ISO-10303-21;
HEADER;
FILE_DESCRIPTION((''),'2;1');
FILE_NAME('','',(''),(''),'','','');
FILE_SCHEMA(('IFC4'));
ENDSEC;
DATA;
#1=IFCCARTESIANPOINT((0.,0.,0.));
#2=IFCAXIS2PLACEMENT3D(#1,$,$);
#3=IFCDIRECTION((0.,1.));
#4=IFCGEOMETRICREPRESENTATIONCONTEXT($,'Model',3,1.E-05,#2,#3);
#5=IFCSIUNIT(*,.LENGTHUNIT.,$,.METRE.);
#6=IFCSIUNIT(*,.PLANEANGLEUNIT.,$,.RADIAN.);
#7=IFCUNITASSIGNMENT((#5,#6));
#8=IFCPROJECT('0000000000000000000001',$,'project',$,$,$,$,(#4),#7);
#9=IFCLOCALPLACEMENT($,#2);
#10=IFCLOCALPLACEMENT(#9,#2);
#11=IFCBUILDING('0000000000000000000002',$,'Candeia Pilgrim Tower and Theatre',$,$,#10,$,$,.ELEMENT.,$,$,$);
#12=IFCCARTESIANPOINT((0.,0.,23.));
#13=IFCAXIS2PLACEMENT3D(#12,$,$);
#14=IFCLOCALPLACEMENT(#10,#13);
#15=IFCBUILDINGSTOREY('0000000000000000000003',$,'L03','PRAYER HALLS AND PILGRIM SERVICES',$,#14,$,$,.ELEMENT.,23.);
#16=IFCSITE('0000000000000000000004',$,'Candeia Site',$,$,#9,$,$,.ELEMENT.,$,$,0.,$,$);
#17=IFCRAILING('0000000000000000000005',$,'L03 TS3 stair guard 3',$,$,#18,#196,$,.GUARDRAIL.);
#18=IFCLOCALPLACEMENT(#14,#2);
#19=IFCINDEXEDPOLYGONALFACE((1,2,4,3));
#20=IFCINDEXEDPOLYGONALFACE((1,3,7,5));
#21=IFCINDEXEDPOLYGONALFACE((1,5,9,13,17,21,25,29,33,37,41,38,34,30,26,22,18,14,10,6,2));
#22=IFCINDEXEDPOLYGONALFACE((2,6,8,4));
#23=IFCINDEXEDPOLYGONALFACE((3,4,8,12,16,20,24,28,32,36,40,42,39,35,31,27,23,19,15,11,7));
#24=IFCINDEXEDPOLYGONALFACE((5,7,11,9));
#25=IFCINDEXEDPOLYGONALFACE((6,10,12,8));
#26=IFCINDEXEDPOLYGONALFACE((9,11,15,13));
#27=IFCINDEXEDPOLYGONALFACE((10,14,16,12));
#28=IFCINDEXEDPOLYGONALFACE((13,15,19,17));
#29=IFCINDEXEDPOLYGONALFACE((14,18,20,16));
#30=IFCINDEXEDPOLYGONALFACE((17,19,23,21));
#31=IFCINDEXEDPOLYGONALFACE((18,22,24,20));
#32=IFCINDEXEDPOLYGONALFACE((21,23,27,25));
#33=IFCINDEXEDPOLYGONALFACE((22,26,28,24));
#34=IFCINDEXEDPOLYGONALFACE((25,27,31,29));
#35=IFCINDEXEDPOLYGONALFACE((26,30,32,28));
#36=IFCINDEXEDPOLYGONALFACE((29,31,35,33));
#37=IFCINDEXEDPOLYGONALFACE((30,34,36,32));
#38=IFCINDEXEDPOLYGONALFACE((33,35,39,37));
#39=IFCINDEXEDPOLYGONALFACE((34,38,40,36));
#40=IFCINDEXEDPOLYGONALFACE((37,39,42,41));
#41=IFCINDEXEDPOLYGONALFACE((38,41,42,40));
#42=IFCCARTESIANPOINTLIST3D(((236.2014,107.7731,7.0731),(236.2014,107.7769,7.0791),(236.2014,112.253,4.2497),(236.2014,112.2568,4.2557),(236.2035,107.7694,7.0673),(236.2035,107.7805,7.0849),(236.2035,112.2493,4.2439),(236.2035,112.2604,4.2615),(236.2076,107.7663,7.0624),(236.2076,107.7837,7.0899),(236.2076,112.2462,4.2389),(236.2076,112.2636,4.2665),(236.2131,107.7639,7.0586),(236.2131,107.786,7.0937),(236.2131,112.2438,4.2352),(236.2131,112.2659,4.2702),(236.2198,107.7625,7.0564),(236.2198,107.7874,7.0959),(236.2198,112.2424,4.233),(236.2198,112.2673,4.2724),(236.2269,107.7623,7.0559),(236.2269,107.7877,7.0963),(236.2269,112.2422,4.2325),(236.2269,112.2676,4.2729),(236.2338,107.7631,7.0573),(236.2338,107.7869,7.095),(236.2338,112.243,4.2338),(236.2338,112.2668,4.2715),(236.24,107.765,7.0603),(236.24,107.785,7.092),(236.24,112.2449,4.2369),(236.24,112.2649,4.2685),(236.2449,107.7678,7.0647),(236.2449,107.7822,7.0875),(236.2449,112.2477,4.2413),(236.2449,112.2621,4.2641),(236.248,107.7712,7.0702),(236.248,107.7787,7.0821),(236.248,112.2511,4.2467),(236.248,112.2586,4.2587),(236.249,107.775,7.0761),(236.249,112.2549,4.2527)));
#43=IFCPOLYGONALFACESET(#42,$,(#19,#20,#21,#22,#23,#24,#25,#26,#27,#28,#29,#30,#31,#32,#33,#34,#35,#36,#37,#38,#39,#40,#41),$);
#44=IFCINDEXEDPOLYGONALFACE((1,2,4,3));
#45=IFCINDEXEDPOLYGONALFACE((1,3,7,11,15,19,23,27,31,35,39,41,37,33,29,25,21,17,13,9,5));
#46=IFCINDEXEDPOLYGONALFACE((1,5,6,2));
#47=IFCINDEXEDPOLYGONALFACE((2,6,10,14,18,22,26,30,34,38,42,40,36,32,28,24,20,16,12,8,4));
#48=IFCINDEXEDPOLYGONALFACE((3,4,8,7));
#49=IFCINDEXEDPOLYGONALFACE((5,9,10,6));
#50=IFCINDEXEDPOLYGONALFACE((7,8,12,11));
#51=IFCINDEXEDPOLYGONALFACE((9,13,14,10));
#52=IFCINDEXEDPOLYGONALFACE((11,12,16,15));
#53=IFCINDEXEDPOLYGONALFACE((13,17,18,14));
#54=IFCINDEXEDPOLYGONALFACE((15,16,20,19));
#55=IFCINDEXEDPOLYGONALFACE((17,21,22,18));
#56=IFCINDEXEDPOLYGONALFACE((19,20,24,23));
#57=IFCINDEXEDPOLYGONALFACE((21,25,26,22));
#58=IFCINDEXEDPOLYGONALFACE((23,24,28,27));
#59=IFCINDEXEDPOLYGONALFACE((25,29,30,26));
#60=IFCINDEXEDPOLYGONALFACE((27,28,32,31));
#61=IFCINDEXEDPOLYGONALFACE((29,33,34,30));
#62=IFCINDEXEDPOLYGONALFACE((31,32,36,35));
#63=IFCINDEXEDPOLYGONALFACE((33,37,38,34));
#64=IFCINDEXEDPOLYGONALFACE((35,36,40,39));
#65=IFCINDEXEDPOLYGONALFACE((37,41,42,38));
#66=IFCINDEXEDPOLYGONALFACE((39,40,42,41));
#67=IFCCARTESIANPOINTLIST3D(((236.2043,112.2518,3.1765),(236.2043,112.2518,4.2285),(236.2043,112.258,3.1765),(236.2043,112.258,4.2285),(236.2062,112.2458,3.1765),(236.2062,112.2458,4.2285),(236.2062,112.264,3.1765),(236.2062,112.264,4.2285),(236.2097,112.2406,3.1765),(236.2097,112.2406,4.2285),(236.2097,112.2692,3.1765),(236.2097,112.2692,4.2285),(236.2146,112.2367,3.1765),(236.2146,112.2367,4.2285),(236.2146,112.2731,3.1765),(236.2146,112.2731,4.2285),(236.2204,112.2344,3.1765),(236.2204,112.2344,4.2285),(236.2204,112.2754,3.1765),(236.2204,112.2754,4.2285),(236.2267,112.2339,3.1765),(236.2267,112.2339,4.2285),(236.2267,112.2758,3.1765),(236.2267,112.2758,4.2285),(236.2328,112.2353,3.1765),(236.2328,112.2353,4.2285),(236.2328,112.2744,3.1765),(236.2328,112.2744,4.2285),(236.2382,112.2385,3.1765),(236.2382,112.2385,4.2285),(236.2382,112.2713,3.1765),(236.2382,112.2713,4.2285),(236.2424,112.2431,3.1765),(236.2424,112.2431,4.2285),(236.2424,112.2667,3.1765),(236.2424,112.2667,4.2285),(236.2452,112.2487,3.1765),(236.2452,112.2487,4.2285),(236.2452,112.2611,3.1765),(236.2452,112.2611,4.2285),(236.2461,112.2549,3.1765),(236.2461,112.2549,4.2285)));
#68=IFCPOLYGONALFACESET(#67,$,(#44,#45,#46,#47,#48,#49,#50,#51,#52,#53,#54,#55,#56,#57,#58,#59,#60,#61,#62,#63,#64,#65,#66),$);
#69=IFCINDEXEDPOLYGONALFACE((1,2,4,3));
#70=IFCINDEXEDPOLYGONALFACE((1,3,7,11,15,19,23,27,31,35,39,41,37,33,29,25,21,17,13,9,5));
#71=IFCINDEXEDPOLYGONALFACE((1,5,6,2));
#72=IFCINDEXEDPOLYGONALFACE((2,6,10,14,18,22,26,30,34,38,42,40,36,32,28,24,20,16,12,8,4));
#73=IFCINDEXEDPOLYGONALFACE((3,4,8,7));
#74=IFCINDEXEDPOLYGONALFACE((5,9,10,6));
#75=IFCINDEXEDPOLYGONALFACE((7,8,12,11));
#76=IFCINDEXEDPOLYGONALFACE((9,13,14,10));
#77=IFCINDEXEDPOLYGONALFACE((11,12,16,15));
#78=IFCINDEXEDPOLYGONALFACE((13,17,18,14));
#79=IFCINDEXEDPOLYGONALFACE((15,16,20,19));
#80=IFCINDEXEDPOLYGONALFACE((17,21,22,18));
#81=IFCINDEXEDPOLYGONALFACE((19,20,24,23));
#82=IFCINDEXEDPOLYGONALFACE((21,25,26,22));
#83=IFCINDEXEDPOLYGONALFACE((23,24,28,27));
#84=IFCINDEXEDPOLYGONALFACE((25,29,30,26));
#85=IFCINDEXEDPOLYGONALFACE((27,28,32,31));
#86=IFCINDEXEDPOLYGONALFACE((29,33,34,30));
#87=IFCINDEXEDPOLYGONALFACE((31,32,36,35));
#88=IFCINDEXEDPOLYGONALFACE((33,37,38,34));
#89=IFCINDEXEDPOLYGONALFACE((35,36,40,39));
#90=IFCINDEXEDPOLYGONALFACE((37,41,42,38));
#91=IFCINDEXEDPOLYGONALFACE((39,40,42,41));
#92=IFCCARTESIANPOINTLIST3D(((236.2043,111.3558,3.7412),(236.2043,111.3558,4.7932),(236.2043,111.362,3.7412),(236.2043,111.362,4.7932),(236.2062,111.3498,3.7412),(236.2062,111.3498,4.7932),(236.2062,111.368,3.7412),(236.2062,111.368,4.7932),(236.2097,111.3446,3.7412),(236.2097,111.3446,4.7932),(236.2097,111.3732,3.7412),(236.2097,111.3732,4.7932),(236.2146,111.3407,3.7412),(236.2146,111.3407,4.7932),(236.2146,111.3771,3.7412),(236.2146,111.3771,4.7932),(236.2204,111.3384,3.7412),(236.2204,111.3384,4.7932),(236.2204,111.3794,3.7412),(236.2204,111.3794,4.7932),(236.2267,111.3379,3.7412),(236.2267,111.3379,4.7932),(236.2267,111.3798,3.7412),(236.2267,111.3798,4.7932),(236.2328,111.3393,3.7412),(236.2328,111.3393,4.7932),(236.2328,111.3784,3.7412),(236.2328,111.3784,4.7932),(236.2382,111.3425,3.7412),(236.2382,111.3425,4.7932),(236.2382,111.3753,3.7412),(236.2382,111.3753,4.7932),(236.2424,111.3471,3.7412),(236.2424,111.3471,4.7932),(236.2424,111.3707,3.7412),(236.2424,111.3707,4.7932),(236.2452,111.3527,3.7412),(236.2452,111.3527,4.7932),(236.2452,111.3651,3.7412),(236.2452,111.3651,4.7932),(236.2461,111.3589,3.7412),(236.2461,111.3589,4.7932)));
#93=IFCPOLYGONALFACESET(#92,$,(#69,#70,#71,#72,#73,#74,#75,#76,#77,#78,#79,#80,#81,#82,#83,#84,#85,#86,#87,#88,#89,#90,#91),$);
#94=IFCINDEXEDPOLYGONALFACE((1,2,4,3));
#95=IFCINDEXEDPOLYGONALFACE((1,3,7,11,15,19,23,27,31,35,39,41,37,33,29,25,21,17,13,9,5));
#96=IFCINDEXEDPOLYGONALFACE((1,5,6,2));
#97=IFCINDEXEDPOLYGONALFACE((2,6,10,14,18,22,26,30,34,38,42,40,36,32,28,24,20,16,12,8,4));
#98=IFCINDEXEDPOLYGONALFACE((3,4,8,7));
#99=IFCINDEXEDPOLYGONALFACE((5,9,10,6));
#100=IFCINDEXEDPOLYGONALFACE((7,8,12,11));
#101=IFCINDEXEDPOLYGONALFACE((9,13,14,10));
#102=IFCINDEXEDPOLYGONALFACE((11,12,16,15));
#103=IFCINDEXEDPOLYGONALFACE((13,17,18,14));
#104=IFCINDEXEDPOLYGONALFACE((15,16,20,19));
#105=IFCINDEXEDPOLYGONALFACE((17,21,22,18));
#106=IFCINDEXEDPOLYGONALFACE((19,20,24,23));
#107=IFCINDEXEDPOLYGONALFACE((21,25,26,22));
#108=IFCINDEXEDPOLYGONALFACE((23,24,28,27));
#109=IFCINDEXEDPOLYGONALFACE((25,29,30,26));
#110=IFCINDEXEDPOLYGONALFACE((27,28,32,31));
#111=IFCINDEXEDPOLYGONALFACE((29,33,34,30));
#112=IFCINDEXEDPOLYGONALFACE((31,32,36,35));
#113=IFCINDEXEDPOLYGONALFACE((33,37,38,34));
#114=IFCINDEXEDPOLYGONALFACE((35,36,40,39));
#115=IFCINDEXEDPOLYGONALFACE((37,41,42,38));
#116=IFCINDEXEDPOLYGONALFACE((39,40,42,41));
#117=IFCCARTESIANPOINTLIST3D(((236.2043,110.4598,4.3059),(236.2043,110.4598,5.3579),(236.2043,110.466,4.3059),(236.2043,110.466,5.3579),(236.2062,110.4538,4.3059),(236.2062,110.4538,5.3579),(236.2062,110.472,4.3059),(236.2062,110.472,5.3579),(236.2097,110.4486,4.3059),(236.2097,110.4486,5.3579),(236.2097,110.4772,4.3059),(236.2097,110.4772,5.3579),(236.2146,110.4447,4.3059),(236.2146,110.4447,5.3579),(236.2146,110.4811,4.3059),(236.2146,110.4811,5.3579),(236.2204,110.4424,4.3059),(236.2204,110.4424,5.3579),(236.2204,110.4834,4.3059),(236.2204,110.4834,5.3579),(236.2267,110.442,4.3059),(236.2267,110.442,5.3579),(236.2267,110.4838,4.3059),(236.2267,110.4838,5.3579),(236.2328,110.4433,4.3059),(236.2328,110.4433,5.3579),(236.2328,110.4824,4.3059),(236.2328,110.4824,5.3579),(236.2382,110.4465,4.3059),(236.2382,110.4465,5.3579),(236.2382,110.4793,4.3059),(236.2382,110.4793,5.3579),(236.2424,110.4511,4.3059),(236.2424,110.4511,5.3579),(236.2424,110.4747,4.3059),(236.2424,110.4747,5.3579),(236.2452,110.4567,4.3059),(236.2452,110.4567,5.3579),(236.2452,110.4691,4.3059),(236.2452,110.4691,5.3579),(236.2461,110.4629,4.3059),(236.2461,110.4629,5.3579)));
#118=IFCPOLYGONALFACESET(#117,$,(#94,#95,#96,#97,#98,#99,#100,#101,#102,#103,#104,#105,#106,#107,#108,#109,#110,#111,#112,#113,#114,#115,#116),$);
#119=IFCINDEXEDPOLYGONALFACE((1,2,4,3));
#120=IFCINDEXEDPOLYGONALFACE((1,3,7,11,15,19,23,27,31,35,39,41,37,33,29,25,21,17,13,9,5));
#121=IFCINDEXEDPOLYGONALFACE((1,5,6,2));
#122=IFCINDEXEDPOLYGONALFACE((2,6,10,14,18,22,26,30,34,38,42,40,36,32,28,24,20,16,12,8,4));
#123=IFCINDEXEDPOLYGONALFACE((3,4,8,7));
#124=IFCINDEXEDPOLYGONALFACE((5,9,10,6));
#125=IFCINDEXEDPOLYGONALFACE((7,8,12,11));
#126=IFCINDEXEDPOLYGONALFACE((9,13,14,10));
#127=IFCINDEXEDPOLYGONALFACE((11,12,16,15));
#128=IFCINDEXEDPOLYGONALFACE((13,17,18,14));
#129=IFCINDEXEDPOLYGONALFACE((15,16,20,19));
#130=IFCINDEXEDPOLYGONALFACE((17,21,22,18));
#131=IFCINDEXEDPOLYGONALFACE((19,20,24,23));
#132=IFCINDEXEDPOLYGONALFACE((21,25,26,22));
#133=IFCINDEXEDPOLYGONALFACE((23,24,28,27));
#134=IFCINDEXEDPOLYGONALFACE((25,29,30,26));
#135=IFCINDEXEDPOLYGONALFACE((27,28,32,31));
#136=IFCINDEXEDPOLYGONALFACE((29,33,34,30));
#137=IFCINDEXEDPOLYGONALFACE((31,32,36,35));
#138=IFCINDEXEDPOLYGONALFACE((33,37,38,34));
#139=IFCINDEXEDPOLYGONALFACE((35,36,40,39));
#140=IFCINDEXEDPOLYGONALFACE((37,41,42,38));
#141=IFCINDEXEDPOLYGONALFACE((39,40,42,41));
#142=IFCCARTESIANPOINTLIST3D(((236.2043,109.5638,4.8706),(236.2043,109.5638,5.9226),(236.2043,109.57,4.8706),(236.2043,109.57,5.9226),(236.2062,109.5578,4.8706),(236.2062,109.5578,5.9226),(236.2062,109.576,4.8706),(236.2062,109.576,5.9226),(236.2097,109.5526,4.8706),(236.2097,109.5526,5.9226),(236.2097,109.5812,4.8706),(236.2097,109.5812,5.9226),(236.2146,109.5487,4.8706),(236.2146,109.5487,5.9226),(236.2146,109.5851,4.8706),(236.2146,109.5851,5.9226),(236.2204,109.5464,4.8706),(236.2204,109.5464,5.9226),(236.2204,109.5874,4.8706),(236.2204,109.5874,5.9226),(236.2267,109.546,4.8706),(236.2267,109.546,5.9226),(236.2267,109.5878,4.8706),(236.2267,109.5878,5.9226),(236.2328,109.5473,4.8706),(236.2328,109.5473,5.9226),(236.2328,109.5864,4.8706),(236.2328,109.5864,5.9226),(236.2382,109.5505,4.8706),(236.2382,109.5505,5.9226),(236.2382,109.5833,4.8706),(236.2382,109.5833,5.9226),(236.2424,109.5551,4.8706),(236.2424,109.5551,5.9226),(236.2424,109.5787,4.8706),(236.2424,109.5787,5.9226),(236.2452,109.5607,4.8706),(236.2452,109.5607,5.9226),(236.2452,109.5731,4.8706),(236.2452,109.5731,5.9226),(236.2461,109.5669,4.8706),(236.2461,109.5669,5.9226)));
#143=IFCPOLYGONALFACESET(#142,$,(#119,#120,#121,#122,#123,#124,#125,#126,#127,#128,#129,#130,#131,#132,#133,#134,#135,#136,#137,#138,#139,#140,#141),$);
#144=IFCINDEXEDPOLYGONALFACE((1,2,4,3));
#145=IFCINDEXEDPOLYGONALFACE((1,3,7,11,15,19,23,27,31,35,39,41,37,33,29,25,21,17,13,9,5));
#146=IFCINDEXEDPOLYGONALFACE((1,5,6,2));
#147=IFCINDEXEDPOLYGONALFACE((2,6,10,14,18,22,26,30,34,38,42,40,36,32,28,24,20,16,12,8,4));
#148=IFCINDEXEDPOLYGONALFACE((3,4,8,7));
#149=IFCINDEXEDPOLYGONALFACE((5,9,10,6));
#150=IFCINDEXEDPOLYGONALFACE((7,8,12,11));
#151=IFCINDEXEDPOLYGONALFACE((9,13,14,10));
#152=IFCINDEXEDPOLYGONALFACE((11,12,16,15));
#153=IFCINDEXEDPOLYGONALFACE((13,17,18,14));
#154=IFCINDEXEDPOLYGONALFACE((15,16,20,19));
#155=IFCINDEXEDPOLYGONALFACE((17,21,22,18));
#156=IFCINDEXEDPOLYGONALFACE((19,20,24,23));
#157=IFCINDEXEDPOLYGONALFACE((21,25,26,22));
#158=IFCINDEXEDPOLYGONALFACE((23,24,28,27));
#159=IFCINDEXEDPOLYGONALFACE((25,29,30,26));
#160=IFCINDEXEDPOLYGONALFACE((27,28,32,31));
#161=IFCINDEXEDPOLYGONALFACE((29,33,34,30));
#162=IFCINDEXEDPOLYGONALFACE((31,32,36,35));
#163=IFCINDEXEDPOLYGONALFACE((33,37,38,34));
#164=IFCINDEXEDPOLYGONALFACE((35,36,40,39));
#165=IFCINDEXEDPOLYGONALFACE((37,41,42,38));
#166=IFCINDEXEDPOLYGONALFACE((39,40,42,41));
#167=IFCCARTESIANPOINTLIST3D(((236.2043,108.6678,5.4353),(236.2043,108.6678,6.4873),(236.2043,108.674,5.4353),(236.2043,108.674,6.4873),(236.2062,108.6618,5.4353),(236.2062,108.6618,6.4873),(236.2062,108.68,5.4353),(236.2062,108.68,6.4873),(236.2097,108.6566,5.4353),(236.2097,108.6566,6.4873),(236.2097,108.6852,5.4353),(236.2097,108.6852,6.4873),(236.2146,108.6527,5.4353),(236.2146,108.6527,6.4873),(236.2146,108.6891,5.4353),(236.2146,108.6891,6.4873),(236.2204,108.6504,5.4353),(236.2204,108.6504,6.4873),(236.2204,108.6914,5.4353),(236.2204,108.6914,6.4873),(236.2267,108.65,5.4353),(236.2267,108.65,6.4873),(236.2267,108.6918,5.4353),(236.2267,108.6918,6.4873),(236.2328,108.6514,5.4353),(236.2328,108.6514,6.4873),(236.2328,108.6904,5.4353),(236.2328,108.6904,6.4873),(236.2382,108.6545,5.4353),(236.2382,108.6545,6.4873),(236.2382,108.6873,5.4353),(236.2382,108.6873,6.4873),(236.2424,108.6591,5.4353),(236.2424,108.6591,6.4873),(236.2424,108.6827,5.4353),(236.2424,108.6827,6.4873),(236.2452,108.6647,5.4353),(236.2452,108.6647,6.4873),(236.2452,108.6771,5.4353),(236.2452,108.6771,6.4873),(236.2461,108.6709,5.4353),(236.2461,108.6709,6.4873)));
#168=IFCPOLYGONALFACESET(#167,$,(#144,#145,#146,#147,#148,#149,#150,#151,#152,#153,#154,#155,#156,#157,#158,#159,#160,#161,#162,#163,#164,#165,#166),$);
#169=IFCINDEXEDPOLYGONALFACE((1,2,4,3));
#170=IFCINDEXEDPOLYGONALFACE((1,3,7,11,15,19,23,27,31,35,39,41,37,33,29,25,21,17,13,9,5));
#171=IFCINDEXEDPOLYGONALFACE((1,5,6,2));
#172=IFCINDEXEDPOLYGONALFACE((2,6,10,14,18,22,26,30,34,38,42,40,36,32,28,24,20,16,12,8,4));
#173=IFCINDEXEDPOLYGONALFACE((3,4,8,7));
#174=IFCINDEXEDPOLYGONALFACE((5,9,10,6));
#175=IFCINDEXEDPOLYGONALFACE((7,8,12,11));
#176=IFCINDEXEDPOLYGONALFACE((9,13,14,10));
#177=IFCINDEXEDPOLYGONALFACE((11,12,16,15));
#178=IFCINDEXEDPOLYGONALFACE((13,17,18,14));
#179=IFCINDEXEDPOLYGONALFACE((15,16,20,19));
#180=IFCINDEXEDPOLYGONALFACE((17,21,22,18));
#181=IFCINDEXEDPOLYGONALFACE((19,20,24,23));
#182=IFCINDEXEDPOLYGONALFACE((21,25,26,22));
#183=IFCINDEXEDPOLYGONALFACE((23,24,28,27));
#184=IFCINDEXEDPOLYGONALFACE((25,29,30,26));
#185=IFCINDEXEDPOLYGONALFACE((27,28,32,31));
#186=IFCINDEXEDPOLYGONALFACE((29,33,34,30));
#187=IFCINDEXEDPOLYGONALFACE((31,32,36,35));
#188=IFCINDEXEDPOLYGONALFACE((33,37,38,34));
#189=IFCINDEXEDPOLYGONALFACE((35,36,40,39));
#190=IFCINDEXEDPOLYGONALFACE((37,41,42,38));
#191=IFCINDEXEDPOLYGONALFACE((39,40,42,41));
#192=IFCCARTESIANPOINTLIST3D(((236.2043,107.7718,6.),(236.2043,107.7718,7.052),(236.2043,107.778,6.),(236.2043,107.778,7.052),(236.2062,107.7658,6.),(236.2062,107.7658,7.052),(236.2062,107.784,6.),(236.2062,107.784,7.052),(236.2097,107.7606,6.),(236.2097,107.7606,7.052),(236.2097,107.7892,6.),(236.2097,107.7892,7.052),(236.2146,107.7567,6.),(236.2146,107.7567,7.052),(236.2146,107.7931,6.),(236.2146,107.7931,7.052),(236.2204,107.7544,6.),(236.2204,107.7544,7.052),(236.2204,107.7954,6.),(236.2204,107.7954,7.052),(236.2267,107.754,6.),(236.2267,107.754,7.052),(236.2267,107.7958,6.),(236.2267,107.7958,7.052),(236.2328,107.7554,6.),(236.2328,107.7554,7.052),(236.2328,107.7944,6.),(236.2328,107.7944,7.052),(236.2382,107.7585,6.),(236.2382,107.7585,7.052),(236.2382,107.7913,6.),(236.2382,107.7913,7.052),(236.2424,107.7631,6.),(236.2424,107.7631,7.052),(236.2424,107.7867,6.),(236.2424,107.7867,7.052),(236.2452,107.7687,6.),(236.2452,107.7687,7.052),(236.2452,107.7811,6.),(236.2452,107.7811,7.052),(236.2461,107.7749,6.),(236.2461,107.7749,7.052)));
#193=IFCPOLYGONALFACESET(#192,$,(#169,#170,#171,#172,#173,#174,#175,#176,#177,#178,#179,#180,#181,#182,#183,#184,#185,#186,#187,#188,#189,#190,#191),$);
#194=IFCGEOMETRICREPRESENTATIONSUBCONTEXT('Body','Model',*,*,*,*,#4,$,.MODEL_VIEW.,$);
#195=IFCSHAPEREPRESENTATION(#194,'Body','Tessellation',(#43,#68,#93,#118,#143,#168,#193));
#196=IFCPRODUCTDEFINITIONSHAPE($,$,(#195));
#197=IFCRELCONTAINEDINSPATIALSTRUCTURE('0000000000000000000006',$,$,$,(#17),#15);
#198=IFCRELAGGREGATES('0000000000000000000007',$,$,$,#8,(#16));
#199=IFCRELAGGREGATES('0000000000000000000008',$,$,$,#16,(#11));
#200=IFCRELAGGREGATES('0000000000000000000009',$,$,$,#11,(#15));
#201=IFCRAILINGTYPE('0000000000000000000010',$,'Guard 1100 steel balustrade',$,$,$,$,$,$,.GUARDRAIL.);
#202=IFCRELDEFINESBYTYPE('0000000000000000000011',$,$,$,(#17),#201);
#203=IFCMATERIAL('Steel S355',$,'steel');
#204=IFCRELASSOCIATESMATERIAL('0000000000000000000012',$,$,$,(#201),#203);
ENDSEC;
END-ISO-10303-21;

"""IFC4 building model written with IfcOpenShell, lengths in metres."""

from ifc_helpers import new_model, si_unit, direction, frame, origin, origin_2d, place, context, subcontext, project, spatial, circle, extrude, material, type_object, element, save


model = new_model("IFC4")

# Units and contexts
model_context = context("Model", 3, precision=1e-05, world=origin(), true_north=direction((0.0, 1.0)))
body_context = subcontext(model_context, "Body", "Model", "MODEL_VIEW")
ifc_project = project(units=[si_unit("LENGTHUNIT", "METRE"), si_unit("PLANEANGLEUNIT", "RADIAN")], contexts=[model_context])

# Site, building, storey
site_placement = place(None, origin())
site = spatial("IfcSite", under=ifc_project, at=site_placement, Name="Candeia Site", CompositionType="ELEMENT", RefElevation=0.0)
building_placement = place(site_placement, origin())
building = spatial("IfcBuilding", under=site, at=building_placement, Name="Candeia Pilgrim Tower and Theatre", CompositionType="ELEMENT")
storey_placement = place(building_placement, frame((0.0, 0.0, 23.0)))
storey = spatial("IfcBuildingStorey", under=building, at=storey_placement, Name="L03", Description="PRAYER HALLS AND PILGRIM SERVICES", CompositionType="ELEMENT", Elevation=23.0)

# Railing
ifc_material_1 = material(Name="Steel S355", Category="steel")
railing_type_1 = type_object("IfcRailingType", Name="Guard 1100 steel balustrade", PredefinedType="GUARDRAIL", material=ifc_material_1)
railing_1_placement = place(storey_placement, frame((236.2251, 112.2549, 3.1765)))
element("IfcRailing", 1, at=railing_1_placement, inside=storey, type_object=railing_type_1, Name="L03 TS3 stair guard 3", PredefinedType="GUARDRAIL", context=body_context, shape_type="SweptSolid", body=[
    extrude(circle(Radius=0.0239, at=origin_2d()), frame((0.0, 0.0, 1.0762), z_axis=(0.0, -0.845998, 0.533186), x_axis=(1.0, 0.0, 0.0)), (0.0, 0.0, 1.0), 5.2954),
    extrude(circle(Radius=0.021, at=origin_2d()), origin(), (0.0, 0.0, 1.0), 1.052),
    extrude(circle(Radius=0.021, at=origin_2d()), frame((0.0, -0.896, 0.5647)), (0.0, 0.0, 1.0), 1.052),
    extrude(circle(Radius=0.021, at=origin_2d()), frame((0.0, -1.792, 1.1294)), (0.0, 0.0, 1.0), 1.052),
    extrude(circle(Radius=0.021, at=origin_2d()), frame((0.0, -2.688, 1.6941)), (0.0, 0.0, 1.0), 1.052),
    extrude(circle(Radius=0.021, at=origin_2d()), frame((0.0, -3.584, 2.2588)), (0.0, 0.0, 1.0), 1.052),
    extrude(circle(Radius=0.021, at=origin_2d()), frame((0.0, -4.48, 2.8235)), (0.0, 0.0, 1.0), 1.052),
])

save(model, "model.ifc")
